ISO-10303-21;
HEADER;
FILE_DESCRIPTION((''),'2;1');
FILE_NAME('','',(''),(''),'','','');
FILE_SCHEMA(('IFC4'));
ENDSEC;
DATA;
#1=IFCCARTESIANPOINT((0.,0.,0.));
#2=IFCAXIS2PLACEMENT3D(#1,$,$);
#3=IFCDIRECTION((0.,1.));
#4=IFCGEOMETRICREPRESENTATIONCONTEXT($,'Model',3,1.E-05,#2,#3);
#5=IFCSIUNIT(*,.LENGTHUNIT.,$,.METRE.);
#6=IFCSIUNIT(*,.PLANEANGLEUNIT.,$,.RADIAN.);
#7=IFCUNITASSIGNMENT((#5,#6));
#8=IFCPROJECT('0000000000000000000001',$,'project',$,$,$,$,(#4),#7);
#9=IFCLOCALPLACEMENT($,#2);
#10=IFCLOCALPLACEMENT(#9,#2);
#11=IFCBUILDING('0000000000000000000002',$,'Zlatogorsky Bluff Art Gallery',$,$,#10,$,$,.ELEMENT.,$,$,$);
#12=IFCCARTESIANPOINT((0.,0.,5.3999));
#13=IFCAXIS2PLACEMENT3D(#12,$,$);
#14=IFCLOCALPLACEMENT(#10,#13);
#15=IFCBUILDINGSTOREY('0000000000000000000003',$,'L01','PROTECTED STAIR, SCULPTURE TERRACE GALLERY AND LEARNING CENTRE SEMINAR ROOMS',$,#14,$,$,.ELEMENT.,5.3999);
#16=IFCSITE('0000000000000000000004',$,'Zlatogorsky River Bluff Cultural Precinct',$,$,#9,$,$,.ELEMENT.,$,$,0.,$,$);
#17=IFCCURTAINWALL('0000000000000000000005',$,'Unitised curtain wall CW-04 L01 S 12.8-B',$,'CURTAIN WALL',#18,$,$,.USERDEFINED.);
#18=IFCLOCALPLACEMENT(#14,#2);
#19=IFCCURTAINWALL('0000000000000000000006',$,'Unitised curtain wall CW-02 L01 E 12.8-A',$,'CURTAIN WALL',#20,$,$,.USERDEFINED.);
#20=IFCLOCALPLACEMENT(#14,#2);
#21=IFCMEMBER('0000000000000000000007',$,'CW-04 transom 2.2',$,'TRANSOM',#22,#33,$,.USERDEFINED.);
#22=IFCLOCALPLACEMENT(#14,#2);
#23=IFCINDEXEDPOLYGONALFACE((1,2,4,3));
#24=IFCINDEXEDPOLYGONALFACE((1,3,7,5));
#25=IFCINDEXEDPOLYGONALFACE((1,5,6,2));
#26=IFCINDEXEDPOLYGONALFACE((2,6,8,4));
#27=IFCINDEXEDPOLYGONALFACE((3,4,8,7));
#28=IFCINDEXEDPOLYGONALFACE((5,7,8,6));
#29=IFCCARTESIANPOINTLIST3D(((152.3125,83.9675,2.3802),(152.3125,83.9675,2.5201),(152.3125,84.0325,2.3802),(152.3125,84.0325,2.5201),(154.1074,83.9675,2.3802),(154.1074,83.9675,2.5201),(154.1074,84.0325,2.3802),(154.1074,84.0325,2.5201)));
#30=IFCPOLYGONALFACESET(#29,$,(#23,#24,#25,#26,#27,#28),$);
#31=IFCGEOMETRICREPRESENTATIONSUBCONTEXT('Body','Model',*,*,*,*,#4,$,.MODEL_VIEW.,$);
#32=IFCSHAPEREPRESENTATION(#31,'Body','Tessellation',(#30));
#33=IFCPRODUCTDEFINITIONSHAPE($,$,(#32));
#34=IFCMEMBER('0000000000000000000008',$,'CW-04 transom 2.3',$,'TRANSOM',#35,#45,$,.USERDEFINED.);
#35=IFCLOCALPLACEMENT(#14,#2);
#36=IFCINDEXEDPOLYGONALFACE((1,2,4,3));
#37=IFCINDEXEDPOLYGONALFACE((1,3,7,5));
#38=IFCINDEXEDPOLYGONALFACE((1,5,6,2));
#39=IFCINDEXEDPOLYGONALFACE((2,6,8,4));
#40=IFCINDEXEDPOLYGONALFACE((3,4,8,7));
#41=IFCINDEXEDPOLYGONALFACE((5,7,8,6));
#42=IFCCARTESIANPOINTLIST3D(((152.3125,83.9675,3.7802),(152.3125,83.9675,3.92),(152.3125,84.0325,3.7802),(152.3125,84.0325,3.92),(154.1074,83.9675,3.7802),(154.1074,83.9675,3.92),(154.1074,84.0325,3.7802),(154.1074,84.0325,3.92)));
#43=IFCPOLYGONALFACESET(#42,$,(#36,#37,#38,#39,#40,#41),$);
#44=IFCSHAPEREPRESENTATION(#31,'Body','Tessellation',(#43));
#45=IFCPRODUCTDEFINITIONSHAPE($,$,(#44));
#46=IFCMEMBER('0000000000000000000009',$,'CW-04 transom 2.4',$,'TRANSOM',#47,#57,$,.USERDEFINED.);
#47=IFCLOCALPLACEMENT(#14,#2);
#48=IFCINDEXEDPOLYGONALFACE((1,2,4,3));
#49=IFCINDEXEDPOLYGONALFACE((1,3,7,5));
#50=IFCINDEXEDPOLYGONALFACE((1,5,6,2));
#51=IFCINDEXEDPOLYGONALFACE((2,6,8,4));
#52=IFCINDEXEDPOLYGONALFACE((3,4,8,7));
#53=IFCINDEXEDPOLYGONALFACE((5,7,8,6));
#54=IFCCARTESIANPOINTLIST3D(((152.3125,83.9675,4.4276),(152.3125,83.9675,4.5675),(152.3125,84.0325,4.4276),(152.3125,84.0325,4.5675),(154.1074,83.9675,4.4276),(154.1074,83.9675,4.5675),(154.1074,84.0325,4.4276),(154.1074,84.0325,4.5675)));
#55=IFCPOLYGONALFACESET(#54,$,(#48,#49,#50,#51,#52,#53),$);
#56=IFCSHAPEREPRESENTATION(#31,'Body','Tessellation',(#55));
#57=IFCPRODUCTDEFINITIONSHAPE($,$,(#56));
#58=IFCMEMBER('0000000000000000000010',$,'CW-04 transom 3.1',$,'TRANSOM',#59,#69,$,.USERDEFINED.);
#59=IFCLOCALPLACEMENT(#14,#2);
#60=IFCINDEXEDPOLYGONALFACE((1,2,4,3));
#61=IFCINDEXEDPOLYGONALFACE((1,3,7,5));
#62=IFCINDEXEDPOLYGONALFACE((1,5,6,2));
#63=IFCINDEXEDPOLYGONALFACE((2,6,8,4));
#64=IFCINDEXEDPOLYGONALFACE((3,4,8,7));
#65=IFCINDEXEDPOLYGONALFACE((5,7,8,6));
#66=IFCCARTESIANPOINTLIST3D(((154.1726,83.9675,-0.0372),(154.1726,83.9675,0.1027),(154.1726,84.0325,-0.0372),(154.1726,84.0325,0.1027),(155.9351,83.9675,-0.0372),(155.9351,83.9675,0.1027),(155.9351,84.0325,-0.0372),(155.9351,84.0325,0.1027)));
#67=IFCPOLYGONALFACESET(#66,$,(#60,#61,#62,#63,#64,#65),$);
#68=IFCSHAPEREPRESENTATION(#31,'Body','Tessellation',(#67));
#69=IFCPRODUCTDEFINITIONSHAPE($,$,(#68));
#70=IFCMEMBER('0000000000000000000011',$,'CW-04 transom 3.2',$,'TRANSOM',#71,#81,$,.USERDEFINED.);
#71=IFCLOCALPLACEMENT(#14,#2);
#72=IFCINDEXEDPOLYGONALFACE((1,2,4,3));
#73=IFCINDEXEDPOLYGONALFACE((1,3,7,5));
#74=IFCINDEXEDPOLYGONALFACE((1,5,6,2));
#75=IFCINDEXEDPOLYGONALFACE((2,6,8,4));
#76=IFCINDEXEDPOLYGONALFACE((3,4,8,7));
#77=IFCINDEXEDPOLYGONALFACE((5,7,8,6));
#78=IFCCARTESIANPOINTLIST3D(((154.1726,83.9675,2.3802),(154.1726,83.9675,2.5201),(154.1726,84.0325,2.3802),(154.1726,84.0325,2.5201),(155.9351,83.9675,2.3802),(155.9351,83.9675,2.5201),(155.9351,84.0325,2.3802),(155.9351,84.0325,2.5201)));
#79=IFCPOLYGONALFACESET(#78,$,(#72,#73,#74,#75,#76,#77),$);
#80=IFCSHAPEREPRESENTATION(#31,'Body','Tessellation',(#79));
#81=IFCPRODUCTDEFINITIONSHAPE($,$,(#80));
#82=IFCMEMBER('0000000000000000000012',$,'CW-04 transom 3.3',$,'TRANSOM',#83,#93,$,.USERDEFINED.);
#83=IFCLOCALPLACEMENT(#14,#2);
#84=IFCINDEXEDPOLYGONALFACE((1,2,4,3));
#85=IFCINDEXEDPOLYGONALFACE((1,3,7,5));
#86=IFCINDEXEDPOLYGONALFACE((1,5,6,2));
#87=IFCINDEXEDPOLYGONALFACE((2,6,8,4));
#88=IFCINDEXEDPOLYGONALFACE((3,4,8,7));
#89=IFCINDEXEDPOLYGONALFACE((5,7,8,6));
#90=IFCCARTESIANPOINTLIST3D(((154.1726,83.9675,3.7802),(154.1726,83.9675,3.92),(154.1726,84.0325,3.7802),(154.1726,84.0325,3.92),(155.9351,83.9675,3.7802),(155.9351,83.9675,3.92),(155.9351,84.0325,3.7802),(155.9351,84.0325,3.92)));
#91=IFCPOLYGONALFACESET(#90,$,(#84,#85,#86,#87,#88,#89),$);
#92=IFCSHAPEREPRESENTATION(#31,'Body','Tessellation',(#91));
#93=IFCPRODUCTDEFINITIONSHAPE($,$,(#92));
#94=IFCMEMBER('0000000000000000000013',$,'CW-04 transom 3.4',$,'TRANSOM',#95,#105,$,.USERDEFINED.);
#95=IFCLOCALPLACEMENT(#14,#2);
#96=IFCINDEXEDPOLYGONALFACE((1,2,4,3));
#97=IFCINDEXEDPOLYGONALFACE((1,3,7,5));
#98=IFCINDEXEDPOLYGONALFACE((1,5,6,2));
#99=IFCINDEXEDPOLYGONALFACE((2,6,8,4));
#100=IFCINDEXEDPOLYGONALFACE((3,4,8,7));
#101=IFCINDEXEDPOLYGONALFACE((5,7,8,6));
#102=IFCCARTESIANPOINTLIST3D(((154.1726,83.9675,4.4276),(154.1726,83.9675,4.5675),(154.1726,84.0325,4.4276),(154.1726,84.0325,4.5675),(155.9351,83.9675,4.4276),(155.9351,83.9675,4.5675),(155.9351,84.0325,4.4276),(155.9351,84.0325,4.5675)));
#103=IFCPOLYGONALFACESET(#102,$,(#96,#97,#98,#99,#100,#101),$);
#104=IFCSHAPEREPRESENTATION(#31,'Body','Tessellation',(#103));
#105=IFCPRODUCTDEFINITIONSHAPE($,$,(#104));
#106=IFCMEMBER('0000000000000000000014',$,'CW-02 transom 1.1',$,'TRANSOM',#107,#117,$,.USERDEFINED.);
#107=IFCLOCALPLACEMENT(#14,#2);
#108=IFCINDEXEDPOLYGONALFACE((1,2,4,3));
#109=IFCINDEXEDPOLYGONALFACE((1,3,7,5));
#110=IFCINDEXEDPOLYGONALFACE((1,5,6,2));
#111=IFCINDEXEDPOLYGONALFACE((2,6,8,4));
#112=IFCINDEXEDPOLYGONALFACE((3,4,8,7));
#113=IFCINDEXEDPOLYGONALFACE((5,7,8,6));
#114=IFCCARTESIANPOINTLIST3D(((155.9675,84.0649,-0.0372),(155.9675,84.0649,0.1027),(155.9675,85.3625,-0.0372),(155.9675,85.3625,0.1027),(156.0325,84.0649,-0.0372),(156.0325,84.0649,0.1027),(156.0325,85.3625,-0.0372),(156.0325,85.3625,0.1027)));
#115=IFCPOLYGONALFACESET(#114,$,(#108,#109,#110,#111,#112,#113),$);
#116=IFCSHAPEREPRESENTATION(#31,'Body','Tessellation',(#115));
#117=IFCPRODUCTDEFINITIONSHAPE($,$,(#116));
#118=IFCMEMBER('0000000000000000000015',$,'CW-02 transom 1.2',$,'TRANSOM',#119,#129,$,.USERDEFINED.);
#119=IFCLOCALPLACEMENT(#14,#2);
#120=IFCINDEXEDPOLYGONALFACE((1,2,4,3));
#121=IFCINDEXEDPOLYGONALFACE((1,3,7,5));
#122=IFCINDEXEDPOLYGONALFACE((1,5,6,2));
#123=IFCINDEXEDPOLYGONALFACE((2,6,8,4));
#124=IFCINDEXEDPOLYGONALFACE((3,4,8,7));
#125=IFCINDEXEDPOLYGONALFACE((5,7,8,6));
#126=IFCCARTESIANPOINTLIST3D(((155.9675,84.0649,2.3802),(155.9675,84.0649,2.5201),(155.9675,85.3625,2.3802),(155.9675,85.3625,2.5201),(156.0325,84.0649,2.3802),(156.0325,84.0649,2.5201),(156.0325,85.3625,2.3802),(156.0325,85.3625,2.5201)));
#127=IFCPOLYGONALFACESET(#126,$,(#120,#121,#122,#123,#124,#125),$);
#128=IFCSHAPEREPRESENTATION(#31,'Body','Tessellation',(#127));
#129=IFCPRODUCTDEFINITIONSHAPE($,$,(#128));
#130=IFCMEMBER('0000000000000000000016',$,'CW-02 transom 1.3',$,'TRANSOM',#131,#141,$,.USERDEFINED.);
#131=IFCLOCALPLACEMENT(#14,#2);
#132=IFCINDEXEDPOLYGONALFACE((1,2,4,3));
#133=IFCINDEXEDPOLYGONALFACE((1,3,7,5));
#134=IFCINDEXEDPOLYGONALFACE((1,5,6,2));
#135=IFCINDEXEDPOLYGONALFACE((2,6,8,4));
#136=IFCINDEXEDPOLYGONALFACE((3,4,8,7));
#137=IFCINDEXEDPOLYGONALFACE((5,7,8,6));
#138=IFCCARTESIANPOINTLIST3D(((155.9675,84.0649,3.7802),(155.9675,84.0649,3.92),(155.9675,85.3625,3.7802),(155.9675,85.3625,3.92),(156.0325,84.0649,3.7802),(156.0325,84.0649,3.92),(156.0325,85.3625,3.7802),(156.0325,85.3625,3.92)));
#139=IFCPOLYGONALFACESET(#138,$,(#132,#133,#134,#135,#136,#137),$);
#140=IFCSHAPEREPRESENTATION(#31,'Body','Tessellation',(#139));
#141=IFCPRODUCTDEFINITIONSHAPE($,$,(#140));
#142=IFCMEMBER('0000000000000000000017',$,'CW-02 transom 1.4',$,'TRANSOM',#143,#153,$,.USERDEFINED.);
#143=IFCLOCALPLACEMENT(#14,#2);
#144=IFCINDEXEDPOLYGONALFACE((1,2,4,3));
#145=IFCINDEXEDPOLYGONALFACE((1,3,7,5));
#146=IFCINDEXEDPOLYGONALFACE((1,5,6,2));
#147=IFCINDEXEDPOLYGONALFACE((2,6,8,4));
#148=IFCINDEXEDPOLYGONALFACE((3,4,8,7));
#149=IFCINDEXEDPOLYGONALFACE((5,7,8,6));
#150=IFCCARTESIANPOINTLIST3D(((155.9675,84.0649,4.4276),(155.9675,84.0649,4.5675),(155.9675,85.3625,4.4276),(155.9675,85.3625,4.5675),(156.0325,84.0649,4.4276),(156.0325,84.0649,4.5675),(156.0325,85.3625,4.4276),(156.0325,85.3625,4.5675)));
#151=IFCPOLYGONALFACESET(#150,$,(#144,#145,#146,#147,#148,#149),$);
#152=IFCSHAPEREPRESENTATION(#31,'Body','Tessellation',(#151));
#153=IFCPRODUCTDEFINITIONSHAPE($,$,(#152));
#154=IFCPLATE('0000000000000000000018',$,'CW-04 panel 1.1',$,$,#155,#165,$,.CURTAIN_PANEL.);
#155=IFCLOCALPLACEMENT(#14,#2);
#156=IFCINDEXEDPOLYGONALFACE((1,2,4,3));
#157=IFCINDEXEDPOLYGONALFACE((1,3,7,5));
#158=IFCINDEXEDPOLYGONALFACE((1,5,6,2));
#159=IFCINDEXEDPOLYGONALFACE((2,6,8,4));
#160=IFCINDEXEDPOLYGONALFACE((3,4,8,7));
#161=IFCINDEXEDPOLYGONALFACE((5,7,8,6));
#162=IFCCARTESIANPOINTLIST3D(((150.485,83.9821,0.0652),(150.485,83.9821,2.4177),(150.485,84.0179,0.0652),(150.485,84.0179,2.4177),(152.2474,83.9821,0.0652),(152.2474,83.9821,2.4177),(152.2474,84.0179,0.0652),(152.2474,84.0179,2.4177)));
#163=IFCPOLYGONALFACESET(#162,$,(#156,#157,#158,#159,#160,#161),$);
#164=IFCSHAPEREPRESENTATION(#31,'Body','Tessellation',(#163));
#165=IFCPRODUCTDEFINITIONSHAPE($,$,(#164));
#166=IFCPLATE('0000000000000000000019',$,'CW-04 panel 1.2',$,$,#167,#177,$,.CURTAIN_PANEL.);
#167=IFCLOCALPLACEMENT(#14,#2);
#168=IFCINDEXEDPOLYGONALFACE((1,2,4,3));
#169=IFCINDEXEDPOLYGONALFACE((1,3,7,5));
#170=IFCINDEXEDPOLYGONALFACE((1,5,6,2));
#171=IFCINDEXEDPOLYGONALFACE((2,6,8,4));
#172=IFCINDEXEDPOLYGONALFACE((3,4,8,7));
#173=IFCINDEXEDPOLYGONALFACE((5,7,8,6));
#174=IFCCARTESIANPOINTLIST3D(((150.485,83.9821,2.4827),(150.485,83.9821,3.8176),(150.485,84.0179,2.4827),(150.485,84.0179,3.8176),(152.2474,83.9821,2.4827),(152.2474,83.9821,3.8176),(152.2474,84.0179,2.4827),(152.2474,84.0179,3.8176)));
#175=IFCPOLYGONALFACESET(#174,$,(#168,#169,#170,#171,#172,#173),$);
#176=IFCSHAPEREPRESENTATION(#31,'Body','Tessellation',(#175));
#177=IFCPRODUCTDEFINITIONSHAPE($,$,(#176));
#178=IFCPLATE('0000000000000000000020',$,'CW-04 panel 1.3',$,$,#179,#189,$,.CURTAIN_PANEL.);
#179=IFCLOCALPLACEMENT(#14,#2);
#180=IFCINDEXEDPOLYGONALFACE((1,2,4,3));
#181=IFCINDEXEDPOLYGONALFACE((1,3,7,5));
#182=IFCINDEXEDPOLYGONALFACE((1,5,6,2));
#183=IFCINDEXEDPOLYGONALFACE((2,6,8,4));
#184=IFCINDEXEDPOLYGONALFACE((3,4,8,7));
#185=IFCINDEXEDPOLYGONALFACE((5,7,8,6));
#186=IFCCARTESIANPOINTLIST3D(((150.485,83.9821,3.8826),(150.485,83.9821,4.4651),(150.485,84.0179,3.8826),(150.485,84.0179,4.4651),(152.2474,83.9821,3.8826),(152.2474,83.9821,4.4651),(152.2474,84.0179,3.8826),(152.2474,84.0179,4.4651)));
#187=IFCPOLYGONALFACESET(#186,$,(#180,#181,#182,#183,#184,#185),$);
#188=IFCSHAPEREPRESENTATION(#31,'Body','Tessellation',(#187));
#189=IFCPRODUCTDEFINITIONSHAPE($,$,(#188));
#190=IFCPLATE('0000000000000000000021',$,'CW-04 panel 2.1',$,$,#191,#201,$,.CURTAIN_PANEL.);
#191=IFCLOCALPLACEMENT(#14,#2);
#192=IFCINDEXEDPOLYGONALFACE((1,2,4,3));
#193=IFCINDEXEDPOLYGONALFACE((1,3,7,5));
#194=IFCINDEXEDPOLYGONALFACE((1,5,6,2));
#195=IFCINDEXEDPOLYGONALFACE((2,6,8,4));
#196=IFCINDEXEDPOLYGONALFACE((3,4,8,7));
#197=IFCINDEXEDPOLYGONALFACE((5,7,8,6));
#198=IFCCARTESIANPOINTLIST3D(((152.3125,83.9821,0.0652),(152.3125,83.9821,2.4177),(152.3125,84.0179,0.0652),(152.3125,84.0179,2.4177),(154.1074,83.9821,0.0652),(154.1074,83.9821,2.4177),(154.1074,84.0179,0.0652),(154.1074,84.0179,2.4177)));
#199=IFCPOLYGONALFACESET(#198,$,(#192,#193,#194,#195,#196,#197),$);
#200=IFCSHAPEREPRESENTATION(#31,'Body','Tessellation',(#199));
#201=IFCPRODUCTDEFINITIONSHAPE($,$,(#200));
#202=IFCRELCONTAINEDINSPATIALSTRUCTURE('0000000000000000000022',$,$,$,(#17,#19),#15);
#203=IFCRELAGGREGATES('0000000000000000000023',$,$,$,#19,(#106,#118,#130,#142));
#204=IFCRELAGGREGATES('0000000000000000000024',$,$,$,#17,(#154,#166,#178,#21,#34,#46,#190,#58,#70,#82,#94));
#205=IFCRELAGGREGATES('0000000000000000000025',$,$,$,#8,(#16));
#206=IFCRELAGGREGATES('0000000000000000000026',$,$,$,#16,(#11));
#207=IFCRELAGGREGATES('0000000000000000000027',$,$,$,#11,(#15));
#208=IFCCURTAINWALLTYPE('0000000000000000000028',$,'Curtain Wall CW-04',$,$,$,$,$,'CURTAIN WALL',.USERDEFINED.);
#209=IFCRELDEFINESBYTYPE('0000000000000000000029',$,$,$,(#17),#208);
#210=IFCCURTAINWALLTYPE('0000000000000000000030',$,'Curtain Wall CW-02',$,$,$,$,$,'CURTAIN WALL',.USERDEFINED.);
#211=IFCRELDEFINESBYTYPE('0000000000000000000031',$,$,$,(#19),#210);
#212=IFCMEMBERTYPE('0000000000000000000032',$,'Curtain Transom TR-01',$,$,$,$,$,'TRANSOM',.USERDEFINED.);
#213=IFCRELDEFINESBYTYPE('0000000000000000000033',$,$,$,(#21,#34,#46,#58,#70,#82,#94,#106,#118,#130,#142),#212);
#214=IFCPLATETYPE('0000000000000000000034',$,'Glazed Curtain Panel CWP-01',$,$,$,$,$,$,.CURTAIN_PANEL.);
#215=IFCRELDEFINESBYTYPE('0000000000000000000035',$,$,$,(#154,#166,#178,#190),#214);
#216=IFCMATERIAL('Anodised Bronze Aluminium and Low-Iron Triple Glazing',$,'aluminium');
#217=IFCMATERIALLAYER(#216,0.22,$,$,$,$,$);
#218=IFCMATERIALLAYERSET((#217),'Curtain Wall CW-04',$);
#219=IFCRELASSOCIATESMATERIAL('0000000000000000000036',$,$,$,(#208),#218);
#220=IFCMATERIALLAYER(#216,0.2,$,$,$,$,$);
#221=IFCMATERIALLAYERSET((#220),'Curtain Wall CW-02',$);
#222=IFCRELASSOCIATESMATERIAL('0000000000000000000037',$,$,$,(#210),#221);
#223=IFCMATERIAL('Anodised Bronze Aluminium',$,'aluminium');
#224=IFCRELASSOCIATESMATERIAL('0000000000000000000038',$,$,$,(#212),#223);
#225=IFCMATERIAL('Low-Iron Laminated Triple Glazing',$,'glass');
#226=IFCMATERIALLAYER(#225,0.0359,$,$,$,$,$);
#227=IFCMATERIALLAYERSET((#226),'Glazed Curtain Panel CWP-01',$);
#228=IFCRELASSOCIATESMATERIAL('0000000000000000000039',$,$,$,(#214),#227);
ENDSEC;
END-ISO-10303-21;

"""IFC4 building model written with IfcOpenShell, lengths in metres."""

from ifc_helpers import new_model, si_unit, direction, frame, origin, origin_2d, place, context, subcontext, project, spatial, rectangle, extrude, material, layer, layer_set, material_profile, profile_set, type_object, element, aggregate, save


model = new_model("IFC4")

# Units and contexts
model_context = context("Model", 3, precision=1e-05, world=origin(), true_north=direction((0.0, 1.0)))
body_context = subcontext(model_context, "Body", "Model", "MODEL_VIEW")
ifc_project = project(units=[si_unit("LENGTHUNIT", "METRE"), si_unit("PLANEANGLEUNIT", "RADIAN")], contexts=[model_context])

# Site, building, storey
site_placement = place(None, origin())
site = spatial("IfcSite", under=ifc_project, at=site_placement, Name="Zlatogorsky River Bluff Cultural Precinct", CompositionType="ELEMENT", RefElevation=0.0)
building_placement = place(site_placement, origin())
building = spatial("IfcBuilding", under=site, at=building_placement, Name="Zlatogorsky Bluff Art Gallery", CompositionType="ELEMENT")
storey_placement = place(building_placement, frame((0.0, 0.0, 5.3999)))
storey = spatial("IfcBuildingStorey", under=building, at=storey_placement, Name="L01", Description="PROTECTED STAIR, SCULPTURE TERRACE GALLERY AND LEARNING CENTRE SEMINAR ROOMS", CompositionType="ELEMENT", Elevation=5.3999)

# Curtain wall
ifc_material_1 = material(Name="Anodised Bronze Aluminium and Low-Iron Triple Glazing", Category="aluminium")
ifc_layer_1 = layer(ifc_material_1, 0.22)
ifc_layer_set_1 = layer_set([ifc_layer_1], Name="Curtain Wall CW-04")
curtain_wall_type_1 = type_object("IfcCurtainWallType", Name="Curtain Wall CW-04", ElementType="CURTAIN WALL", PredefinedType="USERDEFINED", material=ifc_layer_set_1)
curtain_wall_1_placement = place(storey_placement, origin())
curtain_wall_1 = element("IfcCurtainWall", 1, at=curtain_wall_1_placement, inside=storey, type_object=curtain_wall_type_1, Name="Unitised curtain wall CW-04 L01 S 12.8-B", ObjectType="CURTAIN WALL", PredefinedType="USERDEFINED")
ifc_material_2 = material(Name="Anodised Bronze Aluminium", Category="aluminium")

# Curtain wall
ifc_layer_2 = layer(ifc_material_1, 0.2)
ifc_layer_set_2 = layer_set([ifc_layer_2], Name="Curtain Wall CW-02")
curtain_wall_type_2 = type_object("IfcCurtainWallType", Name="Curtain Wall CW-02", ElementType="CURTAIN WALL", PredefinedType="USERDEFINED", material=ifc_layer_set_2)
curtain_wall_2_placement = place(storey_placement, origin())
curtain_wall_2 = element("IfcCurtainWall", 2, at=curtain_wall_2_placement, inside=storey, type_object=curtain_wall_type_2, Name="Unitised curtain wall CW-02 L01 E 12.8-A", ObjectType="CURTAIN WALL", PredefinedType="USERDEFINED")

# Members
ifc_material_profile_1 = material_profile(ifc_material_2, rectangle(XDim=0.0649, YDim=0.1399, at=origin_2d()), Name="ALU TRANSOM 65x140")
ifc_profile_set_1 = profile_set([ifc_material_profile_1], Name="Anodised Bronze Aluminium")
member_type_1 = type_object("IfcMemberType", Name="Curtain Transom TR-01", ElementType="TRANSOM", PredefinedType="USERDEFINED", material=ifc_profile_set_1)
member_1_placement = place(storey_placement, frame((152.3125, 84.0, 2.4502), z_axis=(1.0, 0.0, 0.0), x_axis=(0.0, 1.0, 0.0)))
member_1 = element("IfcMember", 3, at=member_1_placement, type_object=member_type_1, Name="CW-04 transom 2.2", ObjectType="TRANSOM", PredefinedType="USERDEFINED", context=body_context, shape_type="SweptSolid", body=[
    extrude(rectangle(XDim=0.0649, YDim=0.1399, at=origin_2d()), origin(), (0.0, 0.0, 1.0), 1.7949),
])
member_2_placement = place(storey_placement, frame((152.3125, 84.0, 3.8501), z_axis=(1.0, 0.0, 0.0), x_axis=(0.0, 1.0, 0.0)))
member_2 = element("IfcMember", 4, at=member_2_placement, type_object=member_type_1, Name="CW-04 transom 2.3", ObjectType="TRANSOM", PredefinedType="USERDEFINED", context=body_context, shape_type="SweptSolid", body=[
    extrude(rectangle(XDim=0.0649, YDim=0.1399, at=origin_2d()), origin(), (0.0, 0.0, 1.0), 1.7949),
])
member_3_placement = place(storey_placement, frame((152.3125, 84.0, 4.4976), z_axis=(1.0, 0.0, 0.0), x_axis=(0.0, 1.0, 0.0)))
member_3 = element("IfcMember", 5, at=member_3_placement, type_object=member_type_1, Name="CW-04 transom 2.4", ObjectType="TRANSOM", PredefinedType="USERDEFINED", context=body_context, shape_type="SweptSolid", body=[
    extrude(rectangle(XDim=0.0649, YDim=0.1399, at=origin_2d()), origin(), (0.0, 0.0, 1.0), 1.7949),
])
member_4_placement = place(storey_placement, frame((154.1726, 84.0, 0.0327), z_axis=(1.0, 0.0, 0.0), x_axis=(0.0, 1.0, 0.0)))
member_4 = element("IfcMember", 6, at=member_4_placement, type_object=member_type_1, Name="CW-04 transom 3.1", ObjectType="TRANSOM", PredefinedType="USERDEFINED", context=body_context, shape_type="SweptSolid", body=[
    extrude(rectangle(XDim=0.0649, YDim=0.1399, at=origin_2d()), origin(), (0.0, 0.0, 1.0), 1.7625),
])
member_5_placement = place(storey_placement, frame((154.1726, 84.0, 2.4502), z_axis=(1.0, 0.0, 0.0), x_axis=(0.0, 1.0, 0.0)))
member_5 = element("IfcMember", 7, at=member_5_placement, type_object=member_type_1, Name="CW-04 transom 3.2", ObjectType="TRANSOM", PredefinedType="USERDEFINED", context=body_context, shape_type="SweptSolid", body=[
    extrude(rectangle(XDim=0.0649, YDim=0.1399, at=origin_2d()), origin(), (0.0, 0.0, 1.0), 1.7625),
])
member_6_placement = place(storey_placement, frame((154.1726, 84.0, 3.8501), z_axis=(1.0, 0.0, 0.0), x_axis=(0.0, 1.0, 0.0)))
member_6 = element("IfcMember", 8, at=member_6_placement, type_object=member_type_1, Name="CW-04 transom 3.3", ObjectType="TRANSOM", PredefinedType="USERDEFINED", context=body_context, shape_type="SweptSolid", body=[
    extrude(rectangle(XDim=0.0649, YDim=0.1399, at=origin_2d()), origin(), (0.0, 0.0, 1.0), 1.7625),
])
member_7_placement = place(storey_placement, frame((154.1726, 84.0, 4.4976), z_axis=(1.0, 0.0, 0.0), x_axis=(0.0, 1.0, 0.0)))
member_7 = element("IfcMember", 9, at=member_7_placement, type_object=member_type_1, Name="CW-04 transom 3.4", ObjectType="TRANSOM", PredefinedType="USERDEFINED", context=body_context, shape_type="SweptSolid", body=[
    extrude(rectangle(XDim=0.0649, YDim=0.1399, at=origin_2d()), origin(), (0.0, 0.0, 1.0), 1.7625),
])
member_8_placement = place(storey_placement, frame((156.0, 84.0649, 0.0327), z_axis=(0.0, 1.0, 0.0), x_axis=(-1.0, 0.0, 0.0)))
member_8 = element("IfcMember", 10, at=member_8_placement, type_object=member_type_1, Name="CW-02 transom 1.1", ObjectType="TRANSOM", PredefinedType="USERDEFINED", context=body_context, shape_type="SweptSolid", body=[
    extrude(rectangle(XDim=0.0649, YDim=0.1399, at=origin_2d()), origin(), (0.0, 0.0, 1.0), 1.2976),
])
member_9_placement = place(storey_placement, frame((156.0, 84.0649, 2.4502), z_axis=(0.0, 1.0, 0.0), x_axis=(-1.0, 0.0, 0.0)))
member_9 = element("IfcMember", 11, at=member_9_placement, type_object=member_type_1, Name="CW-02 transom 1.2", ObjectType="TRANSOM", PredefinedType="USERDEFINED", context=body_context, shape_type="SweptSolid", body=[
    extrude(rectangle(XDim=0.0649, YDim=0.1399, at=origin_2d()), origin(), (0.0, 0.0, 1.0), 1.2976),
])
member_10_placement = place(storey_placement, frame((156.0, 84.0649, 3.8501), z_axis=(0.0, 1.0, 0.0), x_axis=(-1.0, 0.0, 0.0)))
member_10 = element("IfcMember", 12, at=member_10_placement, type_object=member_type_1, Name="CW-02 transom 1.3", ObjectType="TRANSOM", PredefinedType="USERDEFINED", context=body_context, shape_type="SweptSolid", body=[
    extrude(rectangle(XDim=0.0649, YDim=0.1399, at=origin_2d()), origin(), (0.0, 0.0, 1.0), 1.2976),
])
member_11_placement = place(storey_placement, frame((156.0, 84.0649, 4.4976), z_axis=(0.0, 1.0, 0.0), x_axis=(-1.0, 0.0, 0.0)))
member_11 = element("IfcMember", 13, at=member_11_placement, type_object=member_type_1, Name="CW-02 transom 1.4", ObjectType="TRANSOM", PredefinedType="USERDEFINED", context=body_context, shape_type="SweptSolid", body=[
    extrude(rectangle(XDim=0.0649, YDim=0.1399, at=origin_2d()), origin(), (0.0, 0.0, 1.0), 1.2976),
])
aggregate(curtain_wall_2, [member_8, member_9, member_10, member_11])

# Plates
ifc_material_3 = material(Name="Low-Iron Laminated Triple Glazing", Category="glass")
ifc_layer_3 = layer(ifc_material_3, 0.0359)
ifc_layer_set_3 = layer_set([ifc_layer_3], Name="Glazed Curtain Panel CWP-01")
plate_type = type_object("IfcPlateType", Name="Glazed Curtain Panel CWP-01", PredefinedType="CURTAIN_PANEL", material=ifc_layer_set_3)
plate_1_placement = place(storey_placement, frame((151.3662, 84.0, 0.0652), z_axis=(0.0, 0.0, 1.0), x_axis=(1.0, 0.0, 0.0)))
plate_1 = element("IfcPlate", 14, at=plate_1_placement, type_object=plate_type, Name="CW-04 panel 1.1", PredefinedType="CURTAIN_PANEL", context=body_context, shape_type="SweptSolid", body=[
    extrude(rectangle(XDim=1.7625, YDim=0.0359, at=origin_2d()), origin(), (0.0, 0.0, 1.0), 2.3525),
])
plate_2_placement = place(storey_placement, frame((151.3662, 84.0, 2.4827), z_axis=(0.0, 0.0, 1.0), x_axis=(1.0, 0.0, 0.0)))
plate_2 = element("IfcPlate", 15, at=plate_2_placement, type_object=plate_type, Name="CW-04 panel 1.2", PredefinedType="CURTAIN_PANEL", context=body_context, shape_type="SweptSolid", body=[
    extrude(rectangle(XDim=1.7625, YDim=0.0359, at=origin_2d()), origin(), (0.0, 0.0, 1.0), 1.335),
])
plate_3_placement = place(storey_placement, frame((151.3662, 84.0, 3.8826), z_axis=(0.0, 0.0, 1.0), x_axis=(1.0, 0.0, 0.0)))
plate_3 = element("IfcPlate", 16, at=plate_3_placement, type_object=plate_type, Name="CW-04 panel 1.3", PredefinedType="CURTAIN_PANEL", context=body_context, shape_type="SweptSolid", body=[
    extrude(rectangle(XDim=1.7625, YDim=0.0359, at=origin_2d()), origin(), (0.0, 0.0, 1.0), 0.5825),
])
plate_4_placement = place(storey_placement, frame((153.21, 84.0, 0.0652), z_axis=(0.0, 0.0, 1.0), x_axis=(1.0, 0.0, 0.0)))
plate_4 = element("IfcPlate", 17, at=plate_4_placement, type_object=plate_type, Name="CW-04 panel 2.1", PredefinedType="CURTAIN_PANEL", context=body_context, shape_type="SweptSolid", body=[
    extrude(rectangle(XDim=1.7949, YDim=0.0359, at=origin_2d()), origin(), (0.0, 0.0, 1.0), 2.3525),
])
aggregate(curtain_wall_1, [plate_1, plate_2, plate_3, member_1, member_2, member_3, plate_4, member_4, member_5, member_6, member_7])

save(model, "model.ifc")
